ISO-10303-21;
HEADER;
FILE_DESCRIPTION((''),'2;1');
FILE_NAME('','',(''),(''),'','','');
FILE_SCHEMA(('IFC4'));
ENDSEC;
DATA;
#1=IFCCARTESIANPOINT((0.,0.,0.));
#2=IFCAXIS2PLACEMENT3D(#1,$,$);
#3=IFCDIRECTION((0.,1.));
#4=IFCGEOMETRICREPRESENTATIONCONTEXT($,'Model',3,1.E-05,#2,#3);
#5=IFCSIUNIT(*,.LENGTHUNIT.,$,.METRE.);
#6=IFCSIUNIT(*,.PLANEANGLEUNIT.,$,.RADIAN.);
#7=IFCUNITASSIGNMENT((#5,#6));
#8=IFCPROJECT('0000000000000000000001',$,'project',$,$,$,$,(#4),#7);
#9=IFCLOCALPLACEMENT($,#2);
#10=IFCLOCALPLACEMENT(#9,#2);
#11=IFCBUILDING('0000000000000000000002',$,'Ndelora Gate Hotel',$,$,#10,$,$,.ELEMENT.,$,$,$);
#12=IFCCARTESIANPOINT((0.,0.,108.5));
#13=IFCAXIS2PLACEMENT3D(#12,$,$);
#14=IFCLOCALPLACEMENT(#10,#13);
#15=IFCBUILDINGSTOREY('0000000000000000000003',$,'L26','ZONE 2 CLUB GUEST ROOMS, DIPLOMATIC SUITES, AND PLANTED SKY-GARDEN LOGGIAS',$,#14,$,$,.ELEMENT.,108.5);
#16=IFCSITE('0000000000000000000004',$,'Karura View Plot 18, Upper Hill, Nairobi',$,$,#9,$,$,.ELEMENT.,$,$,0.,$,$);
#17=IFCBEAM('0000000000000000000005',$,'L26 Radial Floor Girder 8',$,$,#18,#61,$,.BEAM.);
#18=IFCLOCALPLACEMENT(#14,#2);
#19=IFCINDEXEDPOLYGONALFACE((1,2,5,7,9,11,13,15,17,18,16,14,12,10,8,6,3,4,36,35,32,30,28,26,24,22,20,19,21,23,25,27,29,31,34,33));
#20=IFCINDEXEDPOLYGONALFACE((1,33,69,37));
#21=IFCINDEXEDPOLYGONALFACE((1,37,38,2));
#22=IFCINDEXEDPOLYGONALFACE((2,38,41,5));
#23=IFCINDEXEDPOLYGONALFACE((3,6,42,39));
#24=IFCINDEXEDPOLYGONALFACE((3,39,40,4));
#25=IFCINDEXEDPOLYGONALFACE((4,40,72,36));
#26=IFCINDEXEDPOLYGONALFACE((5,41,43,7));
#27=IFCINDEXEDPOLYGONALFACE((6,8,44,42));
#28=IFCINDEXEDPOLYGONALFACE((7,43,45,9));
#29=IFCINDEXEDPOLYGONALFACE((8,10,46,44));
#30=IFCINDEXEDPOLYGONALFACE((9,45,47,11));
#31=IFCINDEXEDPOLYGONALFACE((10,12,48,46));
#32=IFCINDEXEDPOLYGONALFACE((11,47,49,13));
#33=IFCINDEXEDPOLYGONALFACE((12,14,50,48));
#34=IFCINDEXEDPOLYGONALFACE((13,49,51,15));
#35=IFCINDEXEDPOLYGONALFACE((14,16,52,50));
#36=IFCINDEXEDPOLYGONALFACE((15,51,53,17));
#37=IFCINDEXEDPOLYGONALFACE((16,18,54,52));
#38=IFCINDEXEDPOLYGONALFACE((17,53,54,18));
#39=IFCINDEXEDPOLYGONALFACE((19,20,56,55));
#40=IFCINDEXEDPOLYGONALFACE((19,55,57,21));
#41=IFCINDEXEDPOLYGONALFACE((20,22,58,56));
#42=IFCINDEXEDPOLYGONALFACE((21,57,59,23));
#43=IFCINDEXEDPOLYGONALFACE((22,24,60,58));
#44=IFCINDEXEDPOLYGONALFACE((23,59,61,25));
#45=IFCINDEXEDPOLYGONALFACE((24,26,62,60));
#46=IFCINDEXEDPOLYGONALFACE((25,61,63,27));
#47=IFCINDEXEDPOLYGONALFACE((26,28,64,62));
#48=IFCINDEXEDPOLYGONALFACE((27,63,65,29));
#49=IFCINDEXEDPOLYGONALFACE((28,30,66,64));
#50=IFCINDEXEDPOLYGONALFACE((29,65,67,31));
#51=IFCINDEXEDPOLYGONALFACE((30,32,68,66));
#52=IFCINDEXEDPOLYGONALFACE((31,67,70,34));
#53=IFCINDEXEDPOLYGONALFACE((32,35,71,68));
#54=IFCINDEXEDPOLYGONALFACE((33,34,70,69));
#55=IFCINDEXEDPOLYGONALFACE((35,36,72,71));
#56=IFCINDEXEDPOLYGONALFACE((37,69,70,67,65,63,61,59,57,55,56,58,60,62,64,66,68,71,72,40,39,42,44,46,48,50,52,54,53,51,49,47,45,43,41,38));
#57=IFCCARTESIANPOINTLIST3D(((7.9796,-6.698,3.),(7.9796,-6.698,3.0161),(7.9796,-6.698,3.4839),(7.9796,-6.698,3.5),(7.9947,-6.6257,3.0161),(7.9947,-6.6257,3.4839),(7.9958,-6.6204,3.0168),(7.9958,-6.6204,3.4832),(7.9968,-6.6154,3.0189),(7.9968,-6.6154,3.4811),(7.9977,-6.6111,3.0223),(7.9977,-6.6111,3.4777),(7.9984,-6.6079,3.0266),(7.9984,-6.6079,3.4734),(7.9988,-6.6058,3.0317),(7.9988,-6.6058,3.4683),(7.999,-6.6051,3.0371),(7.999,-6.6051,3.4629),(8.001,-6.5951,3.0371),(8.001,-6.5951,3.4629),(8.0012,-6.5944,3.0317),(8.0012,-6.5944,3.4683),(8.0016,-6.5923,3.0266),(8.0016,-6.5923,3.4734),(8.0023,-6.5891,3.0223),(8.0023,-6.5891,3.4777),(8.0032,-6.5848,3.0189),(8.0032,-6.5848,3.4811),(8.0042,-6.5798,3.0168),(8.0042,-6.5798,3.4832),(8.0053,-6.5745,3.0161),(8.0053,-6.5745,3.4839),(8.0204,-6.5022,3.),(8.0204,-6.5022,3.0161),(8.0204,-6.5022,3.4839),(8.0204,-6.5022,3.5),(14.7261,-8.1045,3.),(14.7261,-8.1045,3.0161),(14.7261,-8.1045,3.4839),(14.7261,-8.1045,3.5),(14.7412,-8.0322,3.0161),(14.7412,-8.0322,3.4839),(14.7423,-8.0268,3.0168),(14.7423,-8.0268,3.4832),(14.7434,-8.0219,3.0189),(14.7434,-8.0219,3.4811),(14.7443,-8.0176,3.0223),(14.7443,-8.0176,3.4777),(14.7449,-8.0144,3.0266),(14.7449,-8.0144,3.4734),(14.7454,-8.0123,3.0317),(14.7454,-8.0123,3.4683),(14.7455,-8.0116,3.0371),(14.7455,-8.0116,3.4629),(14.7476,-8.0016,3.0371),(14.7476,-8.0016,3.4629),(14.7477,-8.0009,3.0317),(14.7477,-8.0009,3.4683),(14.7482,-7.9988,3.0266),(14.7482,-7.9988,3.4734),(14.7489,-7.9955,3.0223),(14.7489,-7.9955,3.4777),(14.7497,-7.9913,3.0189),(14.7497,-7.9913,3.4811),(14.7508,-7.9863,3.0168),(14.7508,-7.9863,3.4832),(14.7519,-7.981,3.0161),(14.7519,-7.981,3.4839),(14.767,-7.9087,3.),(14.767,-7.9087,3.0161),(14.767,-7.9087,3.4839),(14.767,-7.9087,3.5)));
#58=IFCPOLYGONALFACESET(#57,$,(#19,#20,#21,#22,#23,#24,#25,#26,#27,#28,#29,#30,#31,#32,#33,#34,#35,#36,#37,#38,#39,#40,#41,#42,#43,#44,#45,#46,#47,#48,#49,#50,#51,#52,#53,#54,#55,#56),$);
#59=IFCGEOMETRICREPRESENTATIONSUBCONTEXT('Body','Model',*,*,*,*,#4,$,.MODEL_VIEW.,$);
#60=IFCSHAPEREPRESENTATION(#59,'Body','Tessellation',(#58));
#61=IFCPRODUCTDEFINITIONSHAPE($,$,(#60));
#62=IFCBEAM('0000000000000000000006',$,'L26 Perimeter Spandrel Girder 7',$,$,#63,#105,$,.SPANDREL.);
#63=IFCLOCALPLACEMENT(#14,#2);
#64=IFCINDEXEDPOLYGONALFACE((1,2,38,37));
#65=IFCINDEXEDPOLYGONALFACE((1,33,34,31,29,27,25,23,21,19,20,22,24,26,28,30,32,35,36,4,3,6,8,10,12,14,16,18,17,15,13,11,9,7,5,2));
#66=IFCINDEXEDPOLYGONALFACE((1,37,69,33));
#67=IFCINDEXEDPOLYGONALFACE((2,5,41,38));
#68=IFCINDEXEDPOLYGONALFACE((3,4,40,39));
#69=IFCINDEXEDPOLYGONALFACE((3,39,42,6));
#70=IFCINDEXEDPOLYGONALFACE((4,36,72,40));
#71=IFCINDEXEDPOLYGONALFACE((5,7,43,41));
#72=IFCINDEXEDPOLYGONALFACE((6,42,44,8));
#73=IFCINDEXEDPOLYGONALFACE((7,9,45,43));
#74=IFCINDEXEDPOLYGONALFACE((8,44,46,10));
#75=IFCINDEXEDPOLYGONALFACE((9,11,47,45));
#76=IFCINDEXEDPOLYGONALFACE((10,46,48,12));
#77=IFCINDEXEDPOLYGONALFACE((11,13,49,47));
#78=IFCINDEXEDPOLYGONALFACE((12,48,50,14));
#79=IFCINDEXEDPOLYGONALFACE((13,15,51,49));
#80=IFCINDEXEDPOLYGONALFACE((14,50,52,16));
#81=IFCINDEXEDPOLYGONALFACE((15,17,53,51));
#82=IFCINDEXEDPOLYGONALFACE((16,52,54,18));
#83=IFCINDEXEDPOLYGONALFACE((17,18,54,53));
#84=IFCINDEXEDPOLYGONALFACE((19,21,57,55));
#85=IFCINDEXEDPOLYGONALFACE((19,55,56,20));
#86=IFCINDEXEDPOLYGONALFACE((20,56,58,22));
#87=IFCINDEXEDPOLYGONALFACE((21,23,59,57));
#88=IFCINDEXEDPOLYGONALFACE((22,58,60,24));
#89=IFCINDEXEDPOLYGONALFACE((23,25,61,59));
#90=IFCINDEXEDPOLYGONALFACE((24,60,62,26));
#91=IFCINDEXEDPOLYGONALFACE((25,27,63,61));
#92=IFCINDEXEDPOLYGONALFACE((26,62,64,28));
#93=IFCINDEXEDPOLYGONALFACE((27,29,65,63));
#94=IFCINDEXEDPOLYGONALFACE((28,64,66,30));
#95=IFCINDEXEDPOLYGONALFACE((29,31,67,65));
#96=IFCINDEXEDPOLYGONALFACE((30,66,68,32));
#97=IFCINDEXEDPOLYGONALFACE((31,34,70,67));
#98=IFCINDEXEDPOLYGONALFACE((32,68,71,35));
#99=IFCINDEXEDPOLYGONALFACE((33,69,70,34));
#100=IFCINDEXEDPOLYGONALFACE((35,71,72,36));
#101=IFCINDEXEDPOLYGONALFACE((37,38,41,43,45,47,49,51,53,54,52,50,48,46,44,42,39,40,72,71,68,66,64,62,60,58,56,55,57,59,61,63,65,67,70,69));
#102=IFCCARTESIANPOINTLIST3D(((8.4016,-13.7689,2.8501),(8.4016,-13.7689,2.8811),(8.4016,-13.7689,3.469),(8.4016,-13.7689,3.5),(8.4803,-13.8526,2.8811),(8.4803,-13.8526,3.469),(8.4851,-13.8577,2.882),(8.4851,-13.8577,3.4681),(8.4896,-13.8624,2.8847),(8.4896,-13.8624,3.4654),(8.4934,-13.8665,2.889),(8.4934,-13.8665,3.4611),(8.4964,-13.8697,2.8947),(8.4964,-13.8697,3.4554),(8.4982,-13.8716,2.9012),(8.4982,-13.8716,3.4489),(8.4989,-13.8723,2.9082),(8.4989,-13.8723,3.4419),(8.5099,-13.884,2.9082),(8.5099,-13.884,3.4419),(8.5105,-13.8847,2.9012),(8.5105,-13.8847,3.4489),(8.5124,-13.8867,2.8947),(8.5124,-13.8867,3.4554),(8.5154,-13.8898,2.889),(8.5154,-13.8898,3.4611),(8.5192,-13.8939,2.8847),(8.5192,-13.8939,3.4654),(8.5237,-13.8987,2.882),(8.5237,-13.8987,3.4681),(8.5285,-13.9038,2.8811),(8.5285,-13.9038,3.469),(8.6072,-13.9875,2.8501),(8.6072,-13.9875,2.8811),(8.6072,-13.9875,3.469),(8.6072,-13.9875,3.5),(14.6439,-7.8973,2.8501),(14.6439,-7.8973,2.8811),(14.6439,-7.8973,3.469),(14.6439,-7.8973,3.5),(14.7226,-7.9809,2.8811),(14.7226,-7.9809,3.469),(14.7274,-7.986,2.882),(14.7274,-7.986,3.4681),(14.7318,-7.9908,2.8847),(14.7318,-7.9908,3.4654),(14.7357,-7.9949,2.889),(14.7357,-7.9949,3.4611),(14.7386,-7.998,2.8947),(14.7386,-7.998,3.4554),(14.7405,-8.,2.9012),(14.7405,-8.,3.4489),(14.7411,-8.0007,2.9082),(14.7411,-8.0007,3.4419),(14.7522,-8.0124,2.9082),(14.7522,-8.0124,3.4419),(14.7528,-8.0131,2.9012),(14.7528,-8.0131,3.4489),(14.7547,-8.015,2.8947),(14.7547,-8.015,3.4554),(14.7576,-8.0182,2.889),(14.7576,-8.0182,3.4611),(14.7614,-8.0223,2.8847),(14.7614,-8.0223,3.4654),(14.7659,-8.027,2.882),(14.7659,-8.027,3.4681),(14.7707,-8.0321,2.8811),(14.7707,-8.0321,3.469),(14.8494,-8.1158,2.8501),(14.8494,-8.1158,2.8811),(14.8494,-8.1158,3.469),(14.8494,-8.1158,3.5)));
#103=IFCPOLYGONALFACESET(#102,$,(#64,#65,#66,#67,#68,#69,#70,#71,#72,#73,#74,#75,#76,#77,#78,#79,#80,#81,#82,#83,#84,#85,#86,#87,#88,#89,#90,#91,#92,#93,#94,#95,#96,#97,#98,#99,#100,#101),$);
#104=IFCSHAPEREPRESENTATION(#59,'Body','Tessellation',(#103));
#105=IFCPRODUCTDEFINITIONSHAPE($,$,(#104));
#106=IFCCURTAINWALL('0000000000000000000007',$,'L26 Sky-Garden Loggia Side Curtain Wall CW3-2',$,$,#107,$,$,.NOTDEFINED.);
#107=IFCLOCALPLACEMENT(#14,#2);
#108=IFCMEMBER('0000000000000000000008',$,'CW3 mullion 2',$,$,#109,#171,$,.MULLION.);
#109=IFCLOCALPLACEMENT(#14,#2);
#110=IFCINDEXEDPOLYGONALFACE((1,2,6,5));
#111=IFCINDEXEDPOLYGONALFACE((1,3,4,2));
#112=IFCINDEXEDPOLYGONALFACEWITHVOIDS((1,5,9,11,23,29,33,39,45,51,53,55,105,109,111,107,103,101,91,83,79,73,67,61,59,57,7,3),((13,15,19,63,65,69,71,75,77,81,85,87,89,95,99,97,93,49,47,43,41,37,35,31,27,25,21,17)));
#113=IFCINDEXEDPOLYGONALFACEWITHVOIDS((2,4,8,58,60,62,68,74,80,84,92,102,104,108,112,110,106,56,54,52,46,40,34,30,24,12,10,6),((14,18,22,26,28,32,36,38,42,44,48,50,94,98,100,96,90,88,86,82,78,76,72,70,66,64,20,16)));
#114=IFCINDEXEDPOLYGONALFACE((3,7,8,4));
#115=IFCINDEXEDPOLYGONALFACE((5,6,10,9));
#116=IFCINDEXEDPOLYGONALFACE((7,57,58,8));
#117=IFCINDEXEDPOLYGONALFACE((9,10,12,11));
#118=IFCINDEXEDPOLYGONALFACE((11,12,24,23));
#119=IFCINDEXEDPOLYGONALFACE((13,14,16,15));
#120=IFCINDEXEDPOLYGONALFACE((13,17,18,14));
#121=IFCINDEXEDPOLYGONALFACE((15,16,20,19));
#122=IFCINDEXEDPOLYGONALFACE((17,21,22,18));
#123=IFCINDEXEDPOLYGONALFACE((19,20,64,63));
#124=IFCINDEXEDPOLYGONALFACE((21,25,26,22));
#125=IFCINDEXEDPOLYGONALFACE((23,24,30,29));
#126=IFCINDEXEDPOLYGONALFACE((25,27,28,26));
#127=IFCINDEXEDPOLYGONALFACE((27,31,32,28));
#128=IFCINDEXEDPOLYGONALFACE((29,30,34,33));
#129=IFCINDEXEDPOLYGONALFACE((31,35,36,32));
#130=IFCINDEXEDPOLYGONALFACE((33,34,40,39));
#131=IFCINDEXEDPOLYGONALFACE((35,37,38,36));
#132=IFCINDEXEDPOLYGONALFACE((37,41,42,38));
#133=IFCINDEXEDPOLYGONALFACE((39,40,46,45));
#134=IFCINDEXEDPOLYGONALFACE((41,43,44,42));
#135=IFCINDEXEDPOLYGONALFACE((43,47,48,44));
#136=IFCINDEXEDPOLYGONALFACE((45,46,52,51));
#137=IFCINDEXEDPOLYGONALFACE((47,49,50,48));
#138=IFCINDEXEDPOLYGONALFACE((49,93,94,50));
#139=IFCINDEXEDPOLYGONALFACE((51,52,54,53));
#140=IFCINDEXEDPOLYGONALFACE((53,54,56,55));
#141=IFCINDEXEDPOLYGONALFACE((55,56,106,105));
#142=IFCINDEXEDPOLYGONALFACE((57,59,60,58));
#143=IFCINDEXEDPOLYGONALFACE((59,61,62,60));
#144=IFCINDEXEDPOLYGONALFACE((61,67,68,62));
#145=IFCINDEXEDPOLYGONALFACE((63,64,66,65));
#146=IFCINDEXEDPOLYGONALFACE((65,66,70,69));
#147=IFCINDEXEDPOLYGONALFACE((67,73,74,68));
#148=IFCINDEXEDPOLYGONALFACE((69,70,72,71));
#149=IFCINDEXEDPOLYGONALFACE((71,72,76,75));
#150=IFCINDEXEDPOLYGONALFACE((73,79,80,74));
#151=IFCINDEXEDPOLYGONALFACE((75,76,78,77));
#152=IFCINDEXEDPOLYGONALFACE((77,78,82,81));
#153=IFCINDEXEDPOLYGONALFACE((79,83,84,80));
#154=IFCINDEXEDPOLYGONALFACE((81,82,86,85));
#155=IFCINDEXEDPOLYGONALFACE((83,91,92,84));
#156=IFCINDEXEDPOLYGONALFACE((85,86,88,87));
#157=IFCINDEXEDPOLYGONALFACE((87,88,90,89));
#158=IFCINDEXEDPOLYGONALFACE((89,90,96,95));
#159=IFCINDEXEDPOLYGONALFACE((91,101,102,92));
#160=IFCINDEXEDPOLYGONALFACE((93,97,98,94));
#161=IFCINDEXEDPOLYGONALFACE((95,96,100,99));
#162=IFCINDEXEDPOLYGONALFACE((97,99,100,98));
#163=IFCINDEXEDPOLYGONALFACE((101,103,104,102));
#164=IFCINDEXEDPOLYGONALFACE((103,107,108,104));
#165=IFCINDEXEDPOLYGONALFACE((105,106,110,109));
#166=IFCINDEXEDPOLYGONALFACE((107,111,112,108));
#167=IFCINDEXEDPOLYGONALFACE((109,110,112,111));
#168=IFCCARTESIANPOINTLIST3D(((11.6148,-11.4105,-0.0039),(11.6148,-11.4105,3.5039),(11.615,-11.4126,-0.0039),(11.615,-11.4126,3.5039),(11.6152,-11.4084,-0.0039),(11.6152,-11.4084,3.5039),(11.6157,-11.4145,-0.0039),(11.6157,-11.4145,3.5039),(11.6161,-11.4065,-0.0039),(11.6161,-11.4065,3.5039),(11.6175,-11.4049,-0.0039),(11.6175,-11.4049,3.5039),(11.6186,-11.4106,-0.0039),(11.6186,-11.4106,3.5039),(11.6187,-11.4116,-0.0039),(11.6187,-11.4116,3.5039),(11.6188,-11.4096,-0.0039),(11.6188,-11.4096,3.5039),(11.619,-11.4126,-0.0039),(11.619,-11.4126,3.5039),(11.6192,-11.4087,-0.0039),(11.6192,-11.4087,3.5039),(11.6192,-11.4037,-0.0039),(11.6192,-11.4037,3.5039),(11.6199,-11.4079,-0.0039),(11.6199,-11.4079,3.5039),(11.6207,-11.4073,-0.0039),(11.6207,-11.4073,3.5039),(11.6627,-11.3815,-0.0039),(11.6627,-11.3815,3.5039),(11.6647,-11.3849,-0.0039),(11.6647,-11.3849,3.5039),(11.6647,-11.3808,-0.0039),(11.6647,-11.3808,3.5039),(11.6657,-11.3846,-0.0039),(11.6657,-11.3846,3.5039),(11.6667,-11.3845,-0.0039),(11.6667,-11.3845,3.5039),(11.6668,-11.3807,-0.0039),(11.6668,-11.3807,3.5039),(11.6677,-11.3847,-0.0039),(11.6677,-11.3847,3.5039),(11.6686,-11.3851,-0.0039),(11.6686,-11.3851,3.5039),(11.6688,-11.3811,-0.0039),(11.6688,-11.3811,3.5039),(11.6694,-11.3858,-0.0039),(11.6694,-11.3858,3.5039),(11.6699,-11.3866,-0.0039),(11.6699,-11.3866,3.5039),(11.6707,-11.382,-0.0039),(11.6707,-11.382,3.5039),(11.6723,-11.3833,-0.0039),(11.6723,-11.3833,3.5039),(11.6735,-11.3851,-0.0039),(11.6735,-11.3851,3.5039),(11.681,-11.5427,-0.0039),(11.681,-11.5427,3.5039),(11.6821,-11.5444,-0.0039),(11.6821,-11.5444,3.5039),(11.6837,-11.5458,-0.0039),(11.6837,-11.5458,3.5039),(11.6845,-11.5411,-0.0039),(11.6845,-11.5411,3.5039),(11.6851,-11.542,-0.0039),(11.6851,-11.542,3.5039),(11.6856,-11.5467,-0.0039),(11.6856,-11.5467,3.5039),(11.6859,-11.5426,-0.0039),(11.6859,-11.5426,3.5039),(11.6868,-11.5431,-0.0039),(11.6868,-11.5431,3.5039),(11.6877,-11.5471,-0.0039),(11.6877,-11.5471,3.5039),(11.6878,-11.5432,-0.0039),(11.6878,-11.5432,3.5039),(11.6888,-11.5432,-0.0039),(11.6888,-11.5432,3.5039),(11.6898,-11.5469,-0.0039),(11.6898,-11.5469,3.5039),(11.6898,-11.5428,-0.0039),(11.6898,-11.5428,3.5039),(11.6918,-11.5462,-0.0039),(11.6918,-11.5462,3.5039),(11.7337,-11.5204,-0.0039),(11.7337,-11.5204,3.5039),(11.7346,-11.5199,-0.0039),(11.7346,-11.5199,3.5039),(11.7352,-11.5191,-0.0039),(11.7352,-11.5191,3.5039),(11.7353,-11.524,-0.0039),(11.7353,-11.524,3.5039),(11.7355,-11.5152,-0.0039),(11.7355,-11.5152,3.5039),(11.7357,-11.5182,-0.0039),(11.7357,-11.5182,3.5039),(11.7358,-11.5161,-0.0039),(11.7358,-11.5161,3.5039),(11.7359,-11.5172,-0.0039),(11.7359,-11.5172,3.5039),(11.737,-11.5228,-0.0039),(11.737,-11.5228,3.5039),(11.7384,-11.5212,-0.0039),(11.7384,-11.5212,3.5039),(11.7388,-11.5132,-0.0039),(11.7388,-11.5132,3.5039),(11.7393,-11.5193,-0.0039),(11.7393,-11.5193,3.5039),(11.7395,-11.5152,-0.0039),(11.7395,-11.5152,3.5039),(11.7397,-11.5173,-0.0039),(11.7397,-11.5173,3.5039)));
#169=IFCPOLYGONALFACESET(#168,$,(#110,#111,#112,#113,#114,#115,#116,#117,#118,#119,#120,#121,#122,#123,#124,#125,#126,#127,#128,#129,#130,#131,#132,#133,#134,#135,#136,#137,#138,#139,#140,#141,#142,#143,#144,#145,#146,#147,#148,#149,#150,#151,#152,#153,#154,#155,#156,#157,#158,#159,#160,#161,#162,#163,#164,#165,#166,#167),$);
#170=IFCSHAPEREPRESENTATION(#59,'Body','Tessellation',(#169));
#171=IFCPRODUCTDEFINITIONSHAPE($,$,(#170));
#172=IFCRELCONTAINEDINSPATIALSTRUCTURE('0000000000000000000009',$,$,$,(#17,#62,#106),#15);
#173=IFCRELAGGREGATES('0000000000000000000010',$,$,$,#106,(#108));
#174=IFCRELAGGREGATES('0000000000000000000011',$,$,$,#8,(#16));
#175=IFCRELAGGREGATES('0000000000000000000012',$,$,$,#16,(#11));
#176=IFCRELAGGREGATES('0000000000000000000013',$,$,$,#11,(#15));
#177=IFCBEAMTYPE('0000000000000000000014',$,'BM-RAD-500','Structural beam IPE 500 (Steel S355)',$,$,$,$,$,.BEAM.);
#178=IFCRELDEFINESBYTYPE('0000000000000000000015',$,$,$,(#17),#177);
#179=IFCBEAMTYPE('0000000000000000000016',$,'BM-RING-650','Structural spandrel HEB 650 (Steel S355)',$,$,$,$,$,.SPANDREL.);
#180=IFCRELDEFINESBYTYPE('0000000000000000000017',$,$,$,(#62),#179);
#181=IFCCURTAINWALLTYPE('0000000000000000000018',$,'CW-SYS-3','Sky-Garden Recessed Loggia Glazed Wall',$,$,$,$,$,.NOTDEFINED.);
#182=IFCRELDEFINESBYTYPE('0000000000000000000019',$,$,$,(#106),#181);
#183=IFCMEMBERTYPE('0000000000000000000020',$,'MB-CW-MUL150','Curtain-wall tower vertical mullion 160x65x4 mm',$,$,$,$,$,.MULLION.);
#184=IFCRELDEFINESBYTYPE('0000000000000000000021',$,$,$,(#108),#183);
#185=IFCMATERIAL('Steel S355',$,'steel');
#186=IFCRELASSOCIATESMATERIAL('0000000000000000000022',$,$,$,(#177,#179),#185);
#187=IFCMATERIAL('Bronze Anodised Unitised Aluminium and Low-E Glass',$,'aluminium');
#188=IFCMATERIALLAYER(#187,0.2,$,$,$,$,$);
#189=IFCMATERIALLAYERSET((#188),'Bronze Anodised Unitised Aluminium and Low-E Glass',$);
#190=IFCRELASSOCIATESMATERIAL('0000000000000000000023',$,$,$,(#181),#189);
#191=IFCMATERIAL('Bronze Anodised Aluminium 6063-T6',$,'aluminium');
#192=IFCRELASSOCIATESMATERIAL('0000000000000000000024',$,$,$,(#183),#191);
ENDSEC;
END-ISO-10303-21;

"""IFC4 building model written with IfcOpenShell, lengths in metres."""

from ifc_helpers import new_model, si_unit, direction, frame, origin, origin_2d, place, context, subcontext, project, spatial, hollow_rectangle, i_section, extrude, material, layer, layer_set, material_profile, profile_set, type_object, element, aggregate, save


model = new_model("IFC4")

# Units and contexts
model_context = context("Model", 3, precision=1e-05, world=origin(), true_north=direction((0.0, 1.0)))
body_context = subcontext(model_context, "Body", "Model", "MODEL_VIEW")
ifc_project = project(units=[si_unit("LENGTHUNIT", "METRE"), si_unit("PLANEANGLEUNIT", "RADIAN")], contexts=[model_context])

# Site, building, storey
site_placement = place(None, origin())
site = spatial("IfcSite", under=ifc_project, at=site_placement, Name="Karura View Plot 18, Upper Hill, Nairobi", CompositionType="ELEMENT", RefElevation=0.0)
building_placement = place(site_placement, origin())
building = spatial("IfcBuilding", under=site, at=building_placement, Name="Ndelora Gate Hotel", CompositionType="ELEMENT")
storey_placement = place(building_placement, frame((0.0, 0.0, 108.5)))
storey = spatial("IfcBuildingStorey", under=building, at=storey_placement, Name="L26", Description="ZONE 2 CLUB GUEST ROOMS, DIPLOMATIC SUITES, AND PLANTED SKY-GARDEN LOGGIAS", CompositionType="ELEMENT", Elevation=108.5)

# Beams
ifc_material_1 = material(Name="Steel S355", Category="steel")
ifc_material_profile_1 = material_profile(ifc_material_1, i_section(OverallWidth=0.2, OverallDepth=0.5, WebThickness=0.0103, FlangeThickness=0.0161, FilletRadius=0.021, at=origin_2d()), Name="IPE 500")
ifc_profile_set_1 = profile_set([ifc_material_profile_1], Name="Steel S355")
beam_type_1 = type_object("IfcBeamType", Name="BM-RAD-500", Description="Structural beam IPE 500 (Steel S355)", PredefinedType="BEAM", material=ifc_profile_set_1)
beam_1_placement = place(storey_placement, frame((8.0, -6.6001, 3.25), z_axis=(0.978953, -0.204087, 0.0), x_axis=(0.204087, 0.978953, 0.0)))
element("IfcBeam", 1, at=beam_1_placement, inside=storey, type_object=beam_type_1, Name="L26 Radial Floor Girder 8", PredefinedType="BEAM", context=body_context, shape_type="SweptSolid", body=[
    extrude(i_section(OverallWidth=0.2, OverallDepth=0.5, WebThickness=0.0103, FlangeThickness=0.0161, FilletRadius=0.021, at=origin_2d()), origin(), (0.0, 0.0, 1.0), 6.8916),
])
ifc_material_profile_2 = material_profile(ifc_material_1, i_section(OverallWidth=0.3, OverallDepth=0.6499, WebThickness=0.0161, FlangeThickness=0.031, FilletRadius=0.0271, at=origin_2d()), Name="HEB 650")
ifc_profile_set_2 = profile_set([ifc_material_profile_2], Name="Steel S355")
beam_type_2 = type_object("IfcBeamType", Name="BM-RING-650", Description="Structural spandrel HEB 650 (Steel S355)", PredefinedType="SPANDREL", material=ifc_profile_set_2)
beam_2_placement = place(storey_placement, frame((8.5044, -13.8782, 3.175), z_axis=(0.728399, 0.685153, 0.0), x_axis=(-0.685153, 0.728399, 0.0)))
element("IfcBeam", 2, at=beam_2_placement, inside=storey, type_object=beam_type_2, Name="L26 Perimeter Spandrel Girder 7", PredefinedType="SPANDREL", context=body_context, shape_type="SweptSolid", body=[
    extrude(i_section(OverallWidth=0.3, OverallDepth=0.6499, WebThickness=0.0161, FlangeThickness=0.031, FilletRadius=0.0271, at=origin_2d()), origin(), (0.0, 0.0, 1.0), 8.5698),
])

# Curtain wall, member
ifc_material_2 = material(Name="Bronze Anodised Unitised Aluminium and Low-E Glass", Category="aluminium")
ifc_layer_1 = layer(ifc_material_2, 0.2)
ifc_layer_set_1 = layer_set([ifc_layer_1], Name="Bronze Anodised Unitised Aluminium and Low-E Glass")
curtain_wall_type = type_object("IfcCurtainWallType", Name="CW-SYS-3", Description="Sky-Garden Recessed Loggia Glazed Wall", PredefinedType="NOTDEFINED", material=ifc_layer_set_1)
curtain_wall_placement = place(storey_placement, origin())
curtain_wall = element("IfcCurtainWall", 3, at=curtain_wall_placement, inside=storey, type_object=curtain_wall_type, Name="L26 Sky-Garden Loggia Side Curtain Wall CW3-2", PredefinedType="NOTDEFINED")
ifc_material_3 = material(Name="Bronze Anodised Aluminium 6063-T6", Category="aluminium")
ifc_material_profile_3 = material_profile(ifc_material_3, hollow_rectangle(XDim=0.0649, YDim=0.1599, WallThickness=0.0039, InnerFilletRadius=0.0039, OuterFilletRadius=0.0081, at=origin_2d()), Name="ALU 160x65x4")
ifc_profile_set_3 = profile_set([ifc_material_profile_3], Name="Bronze Anodised Aluminium 6063-T6")
member_type_1 = type_object("IfcMemberType", Name="MB-CW-MUL150", Description="Curtain-wall tower vertical mullion 160x65x4 mm", PredefinedType="MULLION", material=ifc_profile_set_3)
member_1_placement = place(storey_placement, frame((11.6772, -11.4639, -0.0039), z_axis=(0.0, 0.0, 1.0), x_axis=(-0.891001, -0.454001, 0.0)))
member_1 = element("IfcMember", 4, at=member_1_placement, type_object=member_type_1, Name="CW3 mullion 2", PredefinedType="MULLION", context=body_context, shape_type="SweptSolid", body=[
    extrude(hollow_rectangle(XDim=0.0649, YDim=0.1599, WallThickness=0.0039, InnerFilletRadius=0.0039, OuterFilletRadius=0.0081, at=origin_2d()), origin(), (0.0, 0.0, 1.0), 3.5078),
])
aggregate(curtain_wall, [member_1])

save(model, "model.ifc")
